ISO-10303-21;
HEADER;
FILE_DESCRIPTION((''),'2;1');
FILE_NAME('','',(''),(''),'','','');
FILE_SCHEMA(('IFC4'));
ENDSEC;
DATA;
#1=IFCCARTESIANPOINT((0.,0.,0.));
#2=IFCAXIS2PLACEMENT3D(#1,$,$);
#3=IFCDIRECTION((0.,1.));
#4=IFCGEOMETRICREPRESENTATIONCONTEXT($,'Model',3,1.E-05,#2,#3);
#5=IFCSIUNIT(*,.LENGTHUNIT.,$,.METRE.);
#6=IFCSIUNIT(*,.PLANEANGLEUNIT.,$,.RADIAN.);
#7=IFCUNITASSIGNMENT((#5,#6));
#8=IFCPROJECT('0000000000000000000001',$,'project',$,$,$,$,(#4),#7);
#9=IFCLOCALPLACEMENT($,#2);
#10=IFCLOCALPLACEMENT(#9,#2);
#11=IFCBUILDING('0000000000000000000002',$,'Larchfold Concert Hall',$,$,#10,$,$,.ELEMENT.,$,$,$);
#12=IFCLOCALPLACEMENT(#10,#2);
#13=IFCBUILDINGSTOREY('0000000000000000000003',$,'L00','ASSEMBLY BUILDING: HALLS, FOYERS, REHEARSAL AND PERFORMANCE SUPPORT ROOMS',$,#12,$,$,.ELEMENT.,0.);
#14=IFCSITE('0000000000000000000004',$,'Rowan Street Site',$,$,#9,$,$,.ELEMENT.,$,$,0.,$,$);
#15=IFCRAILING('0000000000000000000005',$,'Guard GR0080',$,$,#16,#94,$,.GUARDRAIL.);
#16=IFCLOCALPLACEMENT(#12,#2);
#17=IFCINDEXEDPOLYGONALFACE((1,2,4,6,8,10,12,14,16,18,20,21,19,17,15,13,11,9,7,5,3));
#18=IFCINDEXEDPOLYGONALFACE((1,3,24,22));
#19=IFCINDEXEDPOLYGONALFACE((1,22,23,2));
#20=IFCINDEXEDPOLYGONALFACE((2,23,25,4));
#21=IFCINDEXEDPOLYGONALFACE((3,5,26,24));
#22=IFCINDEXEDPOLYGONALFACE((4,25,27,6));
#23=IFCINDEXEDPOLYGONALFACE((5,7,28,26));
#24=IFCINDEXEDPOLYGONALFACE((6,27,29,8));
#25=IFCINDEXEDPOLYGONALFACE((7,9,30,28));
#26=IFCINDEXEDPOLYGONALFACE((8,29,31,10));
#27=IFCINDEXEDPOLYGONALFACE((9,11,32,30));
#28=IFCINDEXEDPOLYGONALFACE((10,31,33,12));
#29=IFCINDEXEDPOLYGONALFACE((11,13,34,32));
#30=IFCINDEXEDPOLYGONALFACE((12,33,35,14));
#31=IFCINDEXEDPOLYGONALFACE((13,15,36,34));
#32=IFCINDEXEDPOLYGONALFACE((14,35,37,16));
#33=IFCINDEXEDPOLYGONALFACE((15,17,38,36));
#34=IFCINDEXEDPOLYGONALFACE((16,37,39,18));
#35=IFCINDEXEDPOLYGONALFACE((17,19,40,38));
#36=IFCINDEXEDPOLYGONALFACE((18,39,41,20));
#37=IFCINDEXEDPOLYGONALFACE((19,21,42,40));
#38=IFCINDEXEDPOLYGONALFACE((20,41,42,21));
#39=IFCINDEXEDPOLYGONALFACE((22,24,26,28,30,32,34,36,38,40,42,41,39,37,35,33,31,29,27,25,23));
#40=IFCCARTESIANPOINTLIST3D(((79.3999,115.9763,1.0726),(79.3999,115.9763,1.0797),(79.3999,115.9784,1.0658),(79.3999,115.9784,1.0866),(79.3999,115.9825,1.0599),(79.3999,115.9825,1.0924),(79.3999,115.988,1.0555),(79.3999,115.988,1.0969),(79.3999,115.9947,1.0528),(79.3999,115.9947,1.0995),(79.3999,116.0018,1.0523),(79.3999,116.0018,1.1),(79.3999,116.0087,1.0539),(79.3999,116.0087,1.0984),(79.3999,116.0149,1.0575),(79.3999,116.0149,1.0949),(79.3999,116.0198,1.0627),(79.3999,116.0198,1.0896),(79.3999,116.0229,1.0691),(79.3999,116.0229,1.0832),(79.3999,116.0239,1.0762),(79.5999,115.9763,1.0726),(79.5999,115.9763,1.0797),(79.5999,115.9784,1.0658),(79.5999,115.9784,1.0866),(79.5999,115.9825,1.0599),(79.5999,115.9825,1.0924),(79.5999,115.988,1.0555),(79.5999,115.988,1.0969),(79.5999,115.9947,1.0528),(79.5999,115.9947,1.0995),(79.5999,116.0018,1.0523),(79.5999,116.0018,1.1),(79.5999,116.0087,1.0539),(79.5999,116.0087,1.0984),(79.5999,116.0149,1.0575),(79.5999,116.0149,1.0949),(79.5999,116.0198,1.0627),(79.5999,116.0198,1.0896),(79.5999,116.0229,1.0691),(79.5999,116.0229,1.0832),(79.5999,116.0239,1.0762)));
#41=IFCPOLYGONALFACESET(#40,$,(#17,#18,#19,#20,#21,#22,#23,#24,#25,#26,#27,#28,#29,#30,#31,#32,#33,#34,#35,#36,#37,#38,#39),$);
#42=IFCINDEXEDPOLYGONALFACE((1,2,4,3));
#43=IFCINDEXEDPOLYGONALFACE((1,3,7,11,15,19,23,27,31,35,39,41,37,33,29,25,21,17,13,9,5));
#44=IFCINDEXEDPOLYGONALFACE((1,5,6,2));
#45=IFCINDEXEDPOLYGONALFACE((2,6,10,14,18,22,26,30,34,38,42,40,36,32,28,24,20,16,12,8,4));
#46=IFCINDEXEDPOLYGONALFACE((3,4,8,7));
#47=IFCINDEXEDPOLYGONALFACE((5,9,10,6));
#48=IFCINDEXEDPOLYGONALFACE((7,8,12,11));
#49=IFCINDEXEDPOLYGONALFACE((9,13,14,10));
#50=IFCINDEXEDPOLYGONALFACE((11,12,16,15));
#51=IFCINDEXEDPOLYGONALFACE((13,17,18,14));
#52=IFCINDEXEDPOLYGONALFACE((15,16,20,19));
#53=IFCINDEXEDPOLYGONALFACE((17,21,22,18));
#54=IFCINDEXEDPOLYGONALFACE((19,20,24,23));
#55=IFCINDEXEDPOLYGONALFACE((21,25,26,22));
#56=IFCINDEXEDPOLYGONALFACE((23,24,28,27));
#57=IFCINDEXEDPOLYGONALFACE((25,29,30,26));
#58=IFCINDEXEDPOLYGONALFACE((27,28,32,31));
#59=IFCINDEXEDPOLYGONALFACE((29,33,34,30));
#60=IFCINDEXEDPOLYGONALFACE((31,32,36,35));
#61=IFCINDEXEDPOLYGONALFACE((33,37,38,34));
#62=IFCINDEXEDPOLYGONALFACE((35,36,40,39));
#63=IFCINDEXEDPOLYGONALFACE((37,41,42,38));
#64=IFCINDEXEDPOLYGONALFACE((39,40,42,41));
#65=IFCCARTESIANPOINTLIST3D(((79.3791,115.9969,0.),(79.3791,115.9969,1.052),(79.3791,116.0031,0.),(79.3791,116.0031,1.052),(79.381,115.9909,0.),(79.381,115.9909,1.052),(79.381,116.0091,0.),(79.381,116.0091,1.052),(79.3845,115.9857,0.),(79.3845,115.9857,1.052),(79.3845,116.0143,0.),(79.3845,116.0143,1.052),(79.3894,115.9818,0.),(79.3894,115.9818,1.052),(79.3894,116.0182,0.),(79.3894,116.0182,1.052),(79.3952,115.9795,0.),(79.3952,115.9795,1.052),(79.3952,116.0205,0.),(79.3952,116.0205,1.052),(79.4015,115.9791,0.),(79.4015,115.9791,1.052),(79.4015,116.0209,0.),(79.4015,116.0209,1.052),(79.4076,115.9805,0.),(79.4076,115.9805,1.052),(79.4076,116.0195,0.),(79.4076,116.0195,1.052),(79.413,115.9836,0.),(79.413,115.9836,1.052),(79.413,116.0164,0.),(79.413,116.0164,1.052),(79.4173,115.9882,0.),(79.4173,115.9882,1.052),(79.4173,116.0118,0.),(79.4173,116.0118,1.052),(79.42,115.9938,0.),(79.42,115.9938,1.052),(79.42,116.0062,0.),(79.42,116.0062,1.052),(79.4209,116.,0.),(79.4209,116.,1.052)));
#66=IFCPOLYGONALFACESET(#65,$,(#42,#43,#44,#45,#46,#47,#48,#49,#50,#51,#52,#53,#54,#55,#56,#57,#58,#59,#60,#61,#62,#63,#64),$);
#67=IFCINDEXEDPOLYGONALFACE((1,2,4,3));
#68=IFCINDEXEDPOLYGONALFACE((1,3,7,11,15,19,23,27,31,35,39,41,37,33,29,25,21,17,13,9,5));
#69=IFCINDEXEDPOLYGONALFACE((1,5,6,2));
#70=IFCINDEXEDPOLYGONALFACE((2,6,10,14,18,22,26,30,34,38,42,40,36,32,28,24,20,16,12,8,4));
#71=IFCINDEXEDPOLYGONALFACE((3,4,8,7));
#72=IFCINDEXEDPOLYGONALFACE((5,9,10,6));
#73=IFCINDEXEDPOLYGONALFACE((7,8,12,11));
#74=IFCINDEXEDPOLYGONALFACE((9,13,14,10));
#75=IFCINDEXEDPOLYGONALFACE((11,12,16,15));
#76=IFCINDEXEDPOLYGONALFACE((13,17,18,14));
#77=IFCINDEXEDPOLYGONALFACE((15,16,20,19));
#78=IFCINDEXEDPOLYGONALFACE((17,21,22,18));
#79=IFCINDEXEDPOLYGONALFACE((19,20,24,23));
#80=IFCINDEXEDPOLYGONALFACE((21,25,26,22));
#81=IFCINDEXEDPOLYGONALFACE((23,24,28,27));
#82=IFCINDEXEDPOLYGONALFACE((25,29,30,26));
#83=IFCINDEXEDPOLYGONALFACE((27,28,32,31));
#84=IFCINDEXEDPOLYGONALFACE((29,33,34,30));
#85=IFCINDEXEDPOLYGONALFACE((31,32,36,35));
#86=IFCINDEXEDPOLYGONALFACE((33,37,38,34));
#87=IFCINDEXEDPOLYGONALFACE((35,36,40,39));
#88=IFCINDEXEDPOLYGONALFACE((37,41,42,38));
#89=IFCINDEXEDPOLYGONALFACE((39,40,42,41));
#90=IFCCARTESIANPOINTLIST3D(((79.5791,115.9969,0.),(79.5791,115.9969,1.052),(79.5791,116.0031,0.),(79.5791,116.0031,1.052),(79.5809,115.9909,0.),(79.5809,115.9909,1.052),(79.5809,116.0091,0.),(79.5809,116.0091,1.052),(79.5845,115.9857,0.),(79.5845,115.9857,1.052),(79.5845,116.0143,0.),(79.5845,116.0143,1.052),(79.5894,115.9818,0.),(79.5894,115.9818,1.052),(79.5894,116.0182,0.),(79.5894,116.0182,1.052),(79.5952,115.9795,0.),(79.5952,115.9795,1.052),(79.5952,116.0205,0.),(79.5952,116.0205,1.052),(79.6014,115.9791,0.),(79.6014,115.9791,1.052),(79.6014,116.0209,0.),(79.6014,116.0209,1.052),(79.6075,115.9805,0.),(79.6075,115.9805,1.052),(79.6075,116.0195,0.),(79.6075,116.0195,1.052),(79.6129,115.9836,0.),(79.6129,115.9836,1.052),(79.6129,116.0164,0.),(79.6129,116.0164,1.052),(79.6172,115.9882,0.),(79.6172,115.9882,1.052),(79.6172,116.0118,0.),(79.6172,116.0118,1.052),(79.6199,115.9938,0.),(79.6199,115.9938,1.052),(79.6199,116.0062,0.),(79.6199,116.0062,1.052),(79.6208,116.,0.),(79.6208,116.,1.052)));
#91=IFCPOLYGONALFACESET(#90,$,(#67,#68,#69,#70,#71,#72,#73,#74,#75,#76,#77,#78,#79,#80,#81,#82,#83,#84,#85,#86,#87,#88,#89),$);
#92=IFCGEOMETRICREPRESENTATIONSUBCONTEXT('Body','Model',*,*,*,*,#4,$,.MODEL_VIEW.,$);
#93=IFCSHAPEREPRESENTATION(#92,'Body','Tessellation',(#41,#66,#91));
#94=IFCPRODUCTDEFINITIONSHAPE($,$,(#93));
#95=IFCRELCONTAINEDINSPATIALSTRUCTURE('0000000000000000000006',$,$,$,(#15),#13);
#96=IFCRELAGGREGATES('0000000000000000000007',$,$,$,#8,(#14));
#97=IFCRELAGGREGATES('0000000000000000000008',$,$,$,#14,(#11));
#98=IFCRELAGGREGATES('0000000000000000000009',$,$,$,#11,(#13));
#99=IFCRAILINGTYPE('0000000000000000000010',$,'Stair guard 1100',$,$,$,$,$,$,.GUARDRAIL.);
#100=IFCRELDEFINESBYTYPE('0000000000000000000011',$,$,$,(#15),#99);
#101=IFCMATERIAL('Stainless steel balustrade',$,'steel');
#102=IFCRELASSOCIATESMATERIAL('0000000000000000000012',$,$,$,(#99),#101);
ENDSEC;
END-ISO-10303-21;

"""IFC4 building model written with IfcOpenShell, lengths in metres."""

from ifc_helpers import new_model, si_unit, direction, frame, origin, origin_2d, place, context, subcontext, project, spatial, circle, extrude, material, type_object, element, save


model = new_model("IFC4")

# Units and contexts
model_context = context("Model", 3, precision=1e-05, world=origin(), true_north=direction((0.0, 1.0)))
body_context = subcontext(model_context, "Body", "Model", "MODEL_VIEW")
ifc_project = project(units=[si_unit("LENGTHUNIT", "METRE"), si_unit("PLANEANGLEUNIT", "RADIAN")], contexts=[model_context])

# Site, building, storey
site_placement = place(None, origin())
site = spatial("IfcSite", under=ifc_project, at=site_placement, Name="Rowan Street Site", CompositionType="ELEMENT", RefElevation=0.0)
building_placement = place(site_placement, origin())
building = spatial("IfcBuilding", under=site, at=building_placement, Name="Larchfold Concert Hall", CompositionType="ELEMENT")
storey_placement = place(building_placement, origin())
storey = spatial("IfcBuildingStorey", under=building, at=storey_placement, Name="L00", Description="ASSEMBLY BUILDING: HALLS, FOYERS, REHEARSAL AND PERFORMANCE SUPPORT ROOMS", CompositionType="ELEMENT", Elevation=0.0)

# Railing
ifc_material_1 = material(Name="Stainless steel balustrade", Category="steel")
railing_type_1 = type_object("IfcRailingType", Name="Stair guard 1100", PredefinedType="GUARDRAIL", material=ifc_material_1)
railing_1_placement = place(storey_placement, frame((79.3999, 116.0, 0.0)))
element("IfcRailing", 1, at=railing_1_placement, inside=storey, type_object=railing_type_1, Name="Guard GR0080", PredefinedType="GUARDRAIL", context=body_context, shape_type="SweptSolid", body=[
    extrude(circle(Radius=0.0239, at=origin_2d()), frame((0.0, 0.0, 1.0762), z_axis=(1.0, 0.0, 0.0), x_axis=(0.0, 1.0, 0.0)), (0.0, 0.0, 1.0), 0.2),
    extrude(circle(Radius=0.021, at=origin_2d()), origin(), (0.0, 0.0, 1.0), 1.052),
    extrude(circle(Radius=0.021, at=origin_2d()), frame((0.2, 0.0, 0.0)), (0.0, 0.0, 1.0), 1.052),
])

save(model, "model.ifc")
